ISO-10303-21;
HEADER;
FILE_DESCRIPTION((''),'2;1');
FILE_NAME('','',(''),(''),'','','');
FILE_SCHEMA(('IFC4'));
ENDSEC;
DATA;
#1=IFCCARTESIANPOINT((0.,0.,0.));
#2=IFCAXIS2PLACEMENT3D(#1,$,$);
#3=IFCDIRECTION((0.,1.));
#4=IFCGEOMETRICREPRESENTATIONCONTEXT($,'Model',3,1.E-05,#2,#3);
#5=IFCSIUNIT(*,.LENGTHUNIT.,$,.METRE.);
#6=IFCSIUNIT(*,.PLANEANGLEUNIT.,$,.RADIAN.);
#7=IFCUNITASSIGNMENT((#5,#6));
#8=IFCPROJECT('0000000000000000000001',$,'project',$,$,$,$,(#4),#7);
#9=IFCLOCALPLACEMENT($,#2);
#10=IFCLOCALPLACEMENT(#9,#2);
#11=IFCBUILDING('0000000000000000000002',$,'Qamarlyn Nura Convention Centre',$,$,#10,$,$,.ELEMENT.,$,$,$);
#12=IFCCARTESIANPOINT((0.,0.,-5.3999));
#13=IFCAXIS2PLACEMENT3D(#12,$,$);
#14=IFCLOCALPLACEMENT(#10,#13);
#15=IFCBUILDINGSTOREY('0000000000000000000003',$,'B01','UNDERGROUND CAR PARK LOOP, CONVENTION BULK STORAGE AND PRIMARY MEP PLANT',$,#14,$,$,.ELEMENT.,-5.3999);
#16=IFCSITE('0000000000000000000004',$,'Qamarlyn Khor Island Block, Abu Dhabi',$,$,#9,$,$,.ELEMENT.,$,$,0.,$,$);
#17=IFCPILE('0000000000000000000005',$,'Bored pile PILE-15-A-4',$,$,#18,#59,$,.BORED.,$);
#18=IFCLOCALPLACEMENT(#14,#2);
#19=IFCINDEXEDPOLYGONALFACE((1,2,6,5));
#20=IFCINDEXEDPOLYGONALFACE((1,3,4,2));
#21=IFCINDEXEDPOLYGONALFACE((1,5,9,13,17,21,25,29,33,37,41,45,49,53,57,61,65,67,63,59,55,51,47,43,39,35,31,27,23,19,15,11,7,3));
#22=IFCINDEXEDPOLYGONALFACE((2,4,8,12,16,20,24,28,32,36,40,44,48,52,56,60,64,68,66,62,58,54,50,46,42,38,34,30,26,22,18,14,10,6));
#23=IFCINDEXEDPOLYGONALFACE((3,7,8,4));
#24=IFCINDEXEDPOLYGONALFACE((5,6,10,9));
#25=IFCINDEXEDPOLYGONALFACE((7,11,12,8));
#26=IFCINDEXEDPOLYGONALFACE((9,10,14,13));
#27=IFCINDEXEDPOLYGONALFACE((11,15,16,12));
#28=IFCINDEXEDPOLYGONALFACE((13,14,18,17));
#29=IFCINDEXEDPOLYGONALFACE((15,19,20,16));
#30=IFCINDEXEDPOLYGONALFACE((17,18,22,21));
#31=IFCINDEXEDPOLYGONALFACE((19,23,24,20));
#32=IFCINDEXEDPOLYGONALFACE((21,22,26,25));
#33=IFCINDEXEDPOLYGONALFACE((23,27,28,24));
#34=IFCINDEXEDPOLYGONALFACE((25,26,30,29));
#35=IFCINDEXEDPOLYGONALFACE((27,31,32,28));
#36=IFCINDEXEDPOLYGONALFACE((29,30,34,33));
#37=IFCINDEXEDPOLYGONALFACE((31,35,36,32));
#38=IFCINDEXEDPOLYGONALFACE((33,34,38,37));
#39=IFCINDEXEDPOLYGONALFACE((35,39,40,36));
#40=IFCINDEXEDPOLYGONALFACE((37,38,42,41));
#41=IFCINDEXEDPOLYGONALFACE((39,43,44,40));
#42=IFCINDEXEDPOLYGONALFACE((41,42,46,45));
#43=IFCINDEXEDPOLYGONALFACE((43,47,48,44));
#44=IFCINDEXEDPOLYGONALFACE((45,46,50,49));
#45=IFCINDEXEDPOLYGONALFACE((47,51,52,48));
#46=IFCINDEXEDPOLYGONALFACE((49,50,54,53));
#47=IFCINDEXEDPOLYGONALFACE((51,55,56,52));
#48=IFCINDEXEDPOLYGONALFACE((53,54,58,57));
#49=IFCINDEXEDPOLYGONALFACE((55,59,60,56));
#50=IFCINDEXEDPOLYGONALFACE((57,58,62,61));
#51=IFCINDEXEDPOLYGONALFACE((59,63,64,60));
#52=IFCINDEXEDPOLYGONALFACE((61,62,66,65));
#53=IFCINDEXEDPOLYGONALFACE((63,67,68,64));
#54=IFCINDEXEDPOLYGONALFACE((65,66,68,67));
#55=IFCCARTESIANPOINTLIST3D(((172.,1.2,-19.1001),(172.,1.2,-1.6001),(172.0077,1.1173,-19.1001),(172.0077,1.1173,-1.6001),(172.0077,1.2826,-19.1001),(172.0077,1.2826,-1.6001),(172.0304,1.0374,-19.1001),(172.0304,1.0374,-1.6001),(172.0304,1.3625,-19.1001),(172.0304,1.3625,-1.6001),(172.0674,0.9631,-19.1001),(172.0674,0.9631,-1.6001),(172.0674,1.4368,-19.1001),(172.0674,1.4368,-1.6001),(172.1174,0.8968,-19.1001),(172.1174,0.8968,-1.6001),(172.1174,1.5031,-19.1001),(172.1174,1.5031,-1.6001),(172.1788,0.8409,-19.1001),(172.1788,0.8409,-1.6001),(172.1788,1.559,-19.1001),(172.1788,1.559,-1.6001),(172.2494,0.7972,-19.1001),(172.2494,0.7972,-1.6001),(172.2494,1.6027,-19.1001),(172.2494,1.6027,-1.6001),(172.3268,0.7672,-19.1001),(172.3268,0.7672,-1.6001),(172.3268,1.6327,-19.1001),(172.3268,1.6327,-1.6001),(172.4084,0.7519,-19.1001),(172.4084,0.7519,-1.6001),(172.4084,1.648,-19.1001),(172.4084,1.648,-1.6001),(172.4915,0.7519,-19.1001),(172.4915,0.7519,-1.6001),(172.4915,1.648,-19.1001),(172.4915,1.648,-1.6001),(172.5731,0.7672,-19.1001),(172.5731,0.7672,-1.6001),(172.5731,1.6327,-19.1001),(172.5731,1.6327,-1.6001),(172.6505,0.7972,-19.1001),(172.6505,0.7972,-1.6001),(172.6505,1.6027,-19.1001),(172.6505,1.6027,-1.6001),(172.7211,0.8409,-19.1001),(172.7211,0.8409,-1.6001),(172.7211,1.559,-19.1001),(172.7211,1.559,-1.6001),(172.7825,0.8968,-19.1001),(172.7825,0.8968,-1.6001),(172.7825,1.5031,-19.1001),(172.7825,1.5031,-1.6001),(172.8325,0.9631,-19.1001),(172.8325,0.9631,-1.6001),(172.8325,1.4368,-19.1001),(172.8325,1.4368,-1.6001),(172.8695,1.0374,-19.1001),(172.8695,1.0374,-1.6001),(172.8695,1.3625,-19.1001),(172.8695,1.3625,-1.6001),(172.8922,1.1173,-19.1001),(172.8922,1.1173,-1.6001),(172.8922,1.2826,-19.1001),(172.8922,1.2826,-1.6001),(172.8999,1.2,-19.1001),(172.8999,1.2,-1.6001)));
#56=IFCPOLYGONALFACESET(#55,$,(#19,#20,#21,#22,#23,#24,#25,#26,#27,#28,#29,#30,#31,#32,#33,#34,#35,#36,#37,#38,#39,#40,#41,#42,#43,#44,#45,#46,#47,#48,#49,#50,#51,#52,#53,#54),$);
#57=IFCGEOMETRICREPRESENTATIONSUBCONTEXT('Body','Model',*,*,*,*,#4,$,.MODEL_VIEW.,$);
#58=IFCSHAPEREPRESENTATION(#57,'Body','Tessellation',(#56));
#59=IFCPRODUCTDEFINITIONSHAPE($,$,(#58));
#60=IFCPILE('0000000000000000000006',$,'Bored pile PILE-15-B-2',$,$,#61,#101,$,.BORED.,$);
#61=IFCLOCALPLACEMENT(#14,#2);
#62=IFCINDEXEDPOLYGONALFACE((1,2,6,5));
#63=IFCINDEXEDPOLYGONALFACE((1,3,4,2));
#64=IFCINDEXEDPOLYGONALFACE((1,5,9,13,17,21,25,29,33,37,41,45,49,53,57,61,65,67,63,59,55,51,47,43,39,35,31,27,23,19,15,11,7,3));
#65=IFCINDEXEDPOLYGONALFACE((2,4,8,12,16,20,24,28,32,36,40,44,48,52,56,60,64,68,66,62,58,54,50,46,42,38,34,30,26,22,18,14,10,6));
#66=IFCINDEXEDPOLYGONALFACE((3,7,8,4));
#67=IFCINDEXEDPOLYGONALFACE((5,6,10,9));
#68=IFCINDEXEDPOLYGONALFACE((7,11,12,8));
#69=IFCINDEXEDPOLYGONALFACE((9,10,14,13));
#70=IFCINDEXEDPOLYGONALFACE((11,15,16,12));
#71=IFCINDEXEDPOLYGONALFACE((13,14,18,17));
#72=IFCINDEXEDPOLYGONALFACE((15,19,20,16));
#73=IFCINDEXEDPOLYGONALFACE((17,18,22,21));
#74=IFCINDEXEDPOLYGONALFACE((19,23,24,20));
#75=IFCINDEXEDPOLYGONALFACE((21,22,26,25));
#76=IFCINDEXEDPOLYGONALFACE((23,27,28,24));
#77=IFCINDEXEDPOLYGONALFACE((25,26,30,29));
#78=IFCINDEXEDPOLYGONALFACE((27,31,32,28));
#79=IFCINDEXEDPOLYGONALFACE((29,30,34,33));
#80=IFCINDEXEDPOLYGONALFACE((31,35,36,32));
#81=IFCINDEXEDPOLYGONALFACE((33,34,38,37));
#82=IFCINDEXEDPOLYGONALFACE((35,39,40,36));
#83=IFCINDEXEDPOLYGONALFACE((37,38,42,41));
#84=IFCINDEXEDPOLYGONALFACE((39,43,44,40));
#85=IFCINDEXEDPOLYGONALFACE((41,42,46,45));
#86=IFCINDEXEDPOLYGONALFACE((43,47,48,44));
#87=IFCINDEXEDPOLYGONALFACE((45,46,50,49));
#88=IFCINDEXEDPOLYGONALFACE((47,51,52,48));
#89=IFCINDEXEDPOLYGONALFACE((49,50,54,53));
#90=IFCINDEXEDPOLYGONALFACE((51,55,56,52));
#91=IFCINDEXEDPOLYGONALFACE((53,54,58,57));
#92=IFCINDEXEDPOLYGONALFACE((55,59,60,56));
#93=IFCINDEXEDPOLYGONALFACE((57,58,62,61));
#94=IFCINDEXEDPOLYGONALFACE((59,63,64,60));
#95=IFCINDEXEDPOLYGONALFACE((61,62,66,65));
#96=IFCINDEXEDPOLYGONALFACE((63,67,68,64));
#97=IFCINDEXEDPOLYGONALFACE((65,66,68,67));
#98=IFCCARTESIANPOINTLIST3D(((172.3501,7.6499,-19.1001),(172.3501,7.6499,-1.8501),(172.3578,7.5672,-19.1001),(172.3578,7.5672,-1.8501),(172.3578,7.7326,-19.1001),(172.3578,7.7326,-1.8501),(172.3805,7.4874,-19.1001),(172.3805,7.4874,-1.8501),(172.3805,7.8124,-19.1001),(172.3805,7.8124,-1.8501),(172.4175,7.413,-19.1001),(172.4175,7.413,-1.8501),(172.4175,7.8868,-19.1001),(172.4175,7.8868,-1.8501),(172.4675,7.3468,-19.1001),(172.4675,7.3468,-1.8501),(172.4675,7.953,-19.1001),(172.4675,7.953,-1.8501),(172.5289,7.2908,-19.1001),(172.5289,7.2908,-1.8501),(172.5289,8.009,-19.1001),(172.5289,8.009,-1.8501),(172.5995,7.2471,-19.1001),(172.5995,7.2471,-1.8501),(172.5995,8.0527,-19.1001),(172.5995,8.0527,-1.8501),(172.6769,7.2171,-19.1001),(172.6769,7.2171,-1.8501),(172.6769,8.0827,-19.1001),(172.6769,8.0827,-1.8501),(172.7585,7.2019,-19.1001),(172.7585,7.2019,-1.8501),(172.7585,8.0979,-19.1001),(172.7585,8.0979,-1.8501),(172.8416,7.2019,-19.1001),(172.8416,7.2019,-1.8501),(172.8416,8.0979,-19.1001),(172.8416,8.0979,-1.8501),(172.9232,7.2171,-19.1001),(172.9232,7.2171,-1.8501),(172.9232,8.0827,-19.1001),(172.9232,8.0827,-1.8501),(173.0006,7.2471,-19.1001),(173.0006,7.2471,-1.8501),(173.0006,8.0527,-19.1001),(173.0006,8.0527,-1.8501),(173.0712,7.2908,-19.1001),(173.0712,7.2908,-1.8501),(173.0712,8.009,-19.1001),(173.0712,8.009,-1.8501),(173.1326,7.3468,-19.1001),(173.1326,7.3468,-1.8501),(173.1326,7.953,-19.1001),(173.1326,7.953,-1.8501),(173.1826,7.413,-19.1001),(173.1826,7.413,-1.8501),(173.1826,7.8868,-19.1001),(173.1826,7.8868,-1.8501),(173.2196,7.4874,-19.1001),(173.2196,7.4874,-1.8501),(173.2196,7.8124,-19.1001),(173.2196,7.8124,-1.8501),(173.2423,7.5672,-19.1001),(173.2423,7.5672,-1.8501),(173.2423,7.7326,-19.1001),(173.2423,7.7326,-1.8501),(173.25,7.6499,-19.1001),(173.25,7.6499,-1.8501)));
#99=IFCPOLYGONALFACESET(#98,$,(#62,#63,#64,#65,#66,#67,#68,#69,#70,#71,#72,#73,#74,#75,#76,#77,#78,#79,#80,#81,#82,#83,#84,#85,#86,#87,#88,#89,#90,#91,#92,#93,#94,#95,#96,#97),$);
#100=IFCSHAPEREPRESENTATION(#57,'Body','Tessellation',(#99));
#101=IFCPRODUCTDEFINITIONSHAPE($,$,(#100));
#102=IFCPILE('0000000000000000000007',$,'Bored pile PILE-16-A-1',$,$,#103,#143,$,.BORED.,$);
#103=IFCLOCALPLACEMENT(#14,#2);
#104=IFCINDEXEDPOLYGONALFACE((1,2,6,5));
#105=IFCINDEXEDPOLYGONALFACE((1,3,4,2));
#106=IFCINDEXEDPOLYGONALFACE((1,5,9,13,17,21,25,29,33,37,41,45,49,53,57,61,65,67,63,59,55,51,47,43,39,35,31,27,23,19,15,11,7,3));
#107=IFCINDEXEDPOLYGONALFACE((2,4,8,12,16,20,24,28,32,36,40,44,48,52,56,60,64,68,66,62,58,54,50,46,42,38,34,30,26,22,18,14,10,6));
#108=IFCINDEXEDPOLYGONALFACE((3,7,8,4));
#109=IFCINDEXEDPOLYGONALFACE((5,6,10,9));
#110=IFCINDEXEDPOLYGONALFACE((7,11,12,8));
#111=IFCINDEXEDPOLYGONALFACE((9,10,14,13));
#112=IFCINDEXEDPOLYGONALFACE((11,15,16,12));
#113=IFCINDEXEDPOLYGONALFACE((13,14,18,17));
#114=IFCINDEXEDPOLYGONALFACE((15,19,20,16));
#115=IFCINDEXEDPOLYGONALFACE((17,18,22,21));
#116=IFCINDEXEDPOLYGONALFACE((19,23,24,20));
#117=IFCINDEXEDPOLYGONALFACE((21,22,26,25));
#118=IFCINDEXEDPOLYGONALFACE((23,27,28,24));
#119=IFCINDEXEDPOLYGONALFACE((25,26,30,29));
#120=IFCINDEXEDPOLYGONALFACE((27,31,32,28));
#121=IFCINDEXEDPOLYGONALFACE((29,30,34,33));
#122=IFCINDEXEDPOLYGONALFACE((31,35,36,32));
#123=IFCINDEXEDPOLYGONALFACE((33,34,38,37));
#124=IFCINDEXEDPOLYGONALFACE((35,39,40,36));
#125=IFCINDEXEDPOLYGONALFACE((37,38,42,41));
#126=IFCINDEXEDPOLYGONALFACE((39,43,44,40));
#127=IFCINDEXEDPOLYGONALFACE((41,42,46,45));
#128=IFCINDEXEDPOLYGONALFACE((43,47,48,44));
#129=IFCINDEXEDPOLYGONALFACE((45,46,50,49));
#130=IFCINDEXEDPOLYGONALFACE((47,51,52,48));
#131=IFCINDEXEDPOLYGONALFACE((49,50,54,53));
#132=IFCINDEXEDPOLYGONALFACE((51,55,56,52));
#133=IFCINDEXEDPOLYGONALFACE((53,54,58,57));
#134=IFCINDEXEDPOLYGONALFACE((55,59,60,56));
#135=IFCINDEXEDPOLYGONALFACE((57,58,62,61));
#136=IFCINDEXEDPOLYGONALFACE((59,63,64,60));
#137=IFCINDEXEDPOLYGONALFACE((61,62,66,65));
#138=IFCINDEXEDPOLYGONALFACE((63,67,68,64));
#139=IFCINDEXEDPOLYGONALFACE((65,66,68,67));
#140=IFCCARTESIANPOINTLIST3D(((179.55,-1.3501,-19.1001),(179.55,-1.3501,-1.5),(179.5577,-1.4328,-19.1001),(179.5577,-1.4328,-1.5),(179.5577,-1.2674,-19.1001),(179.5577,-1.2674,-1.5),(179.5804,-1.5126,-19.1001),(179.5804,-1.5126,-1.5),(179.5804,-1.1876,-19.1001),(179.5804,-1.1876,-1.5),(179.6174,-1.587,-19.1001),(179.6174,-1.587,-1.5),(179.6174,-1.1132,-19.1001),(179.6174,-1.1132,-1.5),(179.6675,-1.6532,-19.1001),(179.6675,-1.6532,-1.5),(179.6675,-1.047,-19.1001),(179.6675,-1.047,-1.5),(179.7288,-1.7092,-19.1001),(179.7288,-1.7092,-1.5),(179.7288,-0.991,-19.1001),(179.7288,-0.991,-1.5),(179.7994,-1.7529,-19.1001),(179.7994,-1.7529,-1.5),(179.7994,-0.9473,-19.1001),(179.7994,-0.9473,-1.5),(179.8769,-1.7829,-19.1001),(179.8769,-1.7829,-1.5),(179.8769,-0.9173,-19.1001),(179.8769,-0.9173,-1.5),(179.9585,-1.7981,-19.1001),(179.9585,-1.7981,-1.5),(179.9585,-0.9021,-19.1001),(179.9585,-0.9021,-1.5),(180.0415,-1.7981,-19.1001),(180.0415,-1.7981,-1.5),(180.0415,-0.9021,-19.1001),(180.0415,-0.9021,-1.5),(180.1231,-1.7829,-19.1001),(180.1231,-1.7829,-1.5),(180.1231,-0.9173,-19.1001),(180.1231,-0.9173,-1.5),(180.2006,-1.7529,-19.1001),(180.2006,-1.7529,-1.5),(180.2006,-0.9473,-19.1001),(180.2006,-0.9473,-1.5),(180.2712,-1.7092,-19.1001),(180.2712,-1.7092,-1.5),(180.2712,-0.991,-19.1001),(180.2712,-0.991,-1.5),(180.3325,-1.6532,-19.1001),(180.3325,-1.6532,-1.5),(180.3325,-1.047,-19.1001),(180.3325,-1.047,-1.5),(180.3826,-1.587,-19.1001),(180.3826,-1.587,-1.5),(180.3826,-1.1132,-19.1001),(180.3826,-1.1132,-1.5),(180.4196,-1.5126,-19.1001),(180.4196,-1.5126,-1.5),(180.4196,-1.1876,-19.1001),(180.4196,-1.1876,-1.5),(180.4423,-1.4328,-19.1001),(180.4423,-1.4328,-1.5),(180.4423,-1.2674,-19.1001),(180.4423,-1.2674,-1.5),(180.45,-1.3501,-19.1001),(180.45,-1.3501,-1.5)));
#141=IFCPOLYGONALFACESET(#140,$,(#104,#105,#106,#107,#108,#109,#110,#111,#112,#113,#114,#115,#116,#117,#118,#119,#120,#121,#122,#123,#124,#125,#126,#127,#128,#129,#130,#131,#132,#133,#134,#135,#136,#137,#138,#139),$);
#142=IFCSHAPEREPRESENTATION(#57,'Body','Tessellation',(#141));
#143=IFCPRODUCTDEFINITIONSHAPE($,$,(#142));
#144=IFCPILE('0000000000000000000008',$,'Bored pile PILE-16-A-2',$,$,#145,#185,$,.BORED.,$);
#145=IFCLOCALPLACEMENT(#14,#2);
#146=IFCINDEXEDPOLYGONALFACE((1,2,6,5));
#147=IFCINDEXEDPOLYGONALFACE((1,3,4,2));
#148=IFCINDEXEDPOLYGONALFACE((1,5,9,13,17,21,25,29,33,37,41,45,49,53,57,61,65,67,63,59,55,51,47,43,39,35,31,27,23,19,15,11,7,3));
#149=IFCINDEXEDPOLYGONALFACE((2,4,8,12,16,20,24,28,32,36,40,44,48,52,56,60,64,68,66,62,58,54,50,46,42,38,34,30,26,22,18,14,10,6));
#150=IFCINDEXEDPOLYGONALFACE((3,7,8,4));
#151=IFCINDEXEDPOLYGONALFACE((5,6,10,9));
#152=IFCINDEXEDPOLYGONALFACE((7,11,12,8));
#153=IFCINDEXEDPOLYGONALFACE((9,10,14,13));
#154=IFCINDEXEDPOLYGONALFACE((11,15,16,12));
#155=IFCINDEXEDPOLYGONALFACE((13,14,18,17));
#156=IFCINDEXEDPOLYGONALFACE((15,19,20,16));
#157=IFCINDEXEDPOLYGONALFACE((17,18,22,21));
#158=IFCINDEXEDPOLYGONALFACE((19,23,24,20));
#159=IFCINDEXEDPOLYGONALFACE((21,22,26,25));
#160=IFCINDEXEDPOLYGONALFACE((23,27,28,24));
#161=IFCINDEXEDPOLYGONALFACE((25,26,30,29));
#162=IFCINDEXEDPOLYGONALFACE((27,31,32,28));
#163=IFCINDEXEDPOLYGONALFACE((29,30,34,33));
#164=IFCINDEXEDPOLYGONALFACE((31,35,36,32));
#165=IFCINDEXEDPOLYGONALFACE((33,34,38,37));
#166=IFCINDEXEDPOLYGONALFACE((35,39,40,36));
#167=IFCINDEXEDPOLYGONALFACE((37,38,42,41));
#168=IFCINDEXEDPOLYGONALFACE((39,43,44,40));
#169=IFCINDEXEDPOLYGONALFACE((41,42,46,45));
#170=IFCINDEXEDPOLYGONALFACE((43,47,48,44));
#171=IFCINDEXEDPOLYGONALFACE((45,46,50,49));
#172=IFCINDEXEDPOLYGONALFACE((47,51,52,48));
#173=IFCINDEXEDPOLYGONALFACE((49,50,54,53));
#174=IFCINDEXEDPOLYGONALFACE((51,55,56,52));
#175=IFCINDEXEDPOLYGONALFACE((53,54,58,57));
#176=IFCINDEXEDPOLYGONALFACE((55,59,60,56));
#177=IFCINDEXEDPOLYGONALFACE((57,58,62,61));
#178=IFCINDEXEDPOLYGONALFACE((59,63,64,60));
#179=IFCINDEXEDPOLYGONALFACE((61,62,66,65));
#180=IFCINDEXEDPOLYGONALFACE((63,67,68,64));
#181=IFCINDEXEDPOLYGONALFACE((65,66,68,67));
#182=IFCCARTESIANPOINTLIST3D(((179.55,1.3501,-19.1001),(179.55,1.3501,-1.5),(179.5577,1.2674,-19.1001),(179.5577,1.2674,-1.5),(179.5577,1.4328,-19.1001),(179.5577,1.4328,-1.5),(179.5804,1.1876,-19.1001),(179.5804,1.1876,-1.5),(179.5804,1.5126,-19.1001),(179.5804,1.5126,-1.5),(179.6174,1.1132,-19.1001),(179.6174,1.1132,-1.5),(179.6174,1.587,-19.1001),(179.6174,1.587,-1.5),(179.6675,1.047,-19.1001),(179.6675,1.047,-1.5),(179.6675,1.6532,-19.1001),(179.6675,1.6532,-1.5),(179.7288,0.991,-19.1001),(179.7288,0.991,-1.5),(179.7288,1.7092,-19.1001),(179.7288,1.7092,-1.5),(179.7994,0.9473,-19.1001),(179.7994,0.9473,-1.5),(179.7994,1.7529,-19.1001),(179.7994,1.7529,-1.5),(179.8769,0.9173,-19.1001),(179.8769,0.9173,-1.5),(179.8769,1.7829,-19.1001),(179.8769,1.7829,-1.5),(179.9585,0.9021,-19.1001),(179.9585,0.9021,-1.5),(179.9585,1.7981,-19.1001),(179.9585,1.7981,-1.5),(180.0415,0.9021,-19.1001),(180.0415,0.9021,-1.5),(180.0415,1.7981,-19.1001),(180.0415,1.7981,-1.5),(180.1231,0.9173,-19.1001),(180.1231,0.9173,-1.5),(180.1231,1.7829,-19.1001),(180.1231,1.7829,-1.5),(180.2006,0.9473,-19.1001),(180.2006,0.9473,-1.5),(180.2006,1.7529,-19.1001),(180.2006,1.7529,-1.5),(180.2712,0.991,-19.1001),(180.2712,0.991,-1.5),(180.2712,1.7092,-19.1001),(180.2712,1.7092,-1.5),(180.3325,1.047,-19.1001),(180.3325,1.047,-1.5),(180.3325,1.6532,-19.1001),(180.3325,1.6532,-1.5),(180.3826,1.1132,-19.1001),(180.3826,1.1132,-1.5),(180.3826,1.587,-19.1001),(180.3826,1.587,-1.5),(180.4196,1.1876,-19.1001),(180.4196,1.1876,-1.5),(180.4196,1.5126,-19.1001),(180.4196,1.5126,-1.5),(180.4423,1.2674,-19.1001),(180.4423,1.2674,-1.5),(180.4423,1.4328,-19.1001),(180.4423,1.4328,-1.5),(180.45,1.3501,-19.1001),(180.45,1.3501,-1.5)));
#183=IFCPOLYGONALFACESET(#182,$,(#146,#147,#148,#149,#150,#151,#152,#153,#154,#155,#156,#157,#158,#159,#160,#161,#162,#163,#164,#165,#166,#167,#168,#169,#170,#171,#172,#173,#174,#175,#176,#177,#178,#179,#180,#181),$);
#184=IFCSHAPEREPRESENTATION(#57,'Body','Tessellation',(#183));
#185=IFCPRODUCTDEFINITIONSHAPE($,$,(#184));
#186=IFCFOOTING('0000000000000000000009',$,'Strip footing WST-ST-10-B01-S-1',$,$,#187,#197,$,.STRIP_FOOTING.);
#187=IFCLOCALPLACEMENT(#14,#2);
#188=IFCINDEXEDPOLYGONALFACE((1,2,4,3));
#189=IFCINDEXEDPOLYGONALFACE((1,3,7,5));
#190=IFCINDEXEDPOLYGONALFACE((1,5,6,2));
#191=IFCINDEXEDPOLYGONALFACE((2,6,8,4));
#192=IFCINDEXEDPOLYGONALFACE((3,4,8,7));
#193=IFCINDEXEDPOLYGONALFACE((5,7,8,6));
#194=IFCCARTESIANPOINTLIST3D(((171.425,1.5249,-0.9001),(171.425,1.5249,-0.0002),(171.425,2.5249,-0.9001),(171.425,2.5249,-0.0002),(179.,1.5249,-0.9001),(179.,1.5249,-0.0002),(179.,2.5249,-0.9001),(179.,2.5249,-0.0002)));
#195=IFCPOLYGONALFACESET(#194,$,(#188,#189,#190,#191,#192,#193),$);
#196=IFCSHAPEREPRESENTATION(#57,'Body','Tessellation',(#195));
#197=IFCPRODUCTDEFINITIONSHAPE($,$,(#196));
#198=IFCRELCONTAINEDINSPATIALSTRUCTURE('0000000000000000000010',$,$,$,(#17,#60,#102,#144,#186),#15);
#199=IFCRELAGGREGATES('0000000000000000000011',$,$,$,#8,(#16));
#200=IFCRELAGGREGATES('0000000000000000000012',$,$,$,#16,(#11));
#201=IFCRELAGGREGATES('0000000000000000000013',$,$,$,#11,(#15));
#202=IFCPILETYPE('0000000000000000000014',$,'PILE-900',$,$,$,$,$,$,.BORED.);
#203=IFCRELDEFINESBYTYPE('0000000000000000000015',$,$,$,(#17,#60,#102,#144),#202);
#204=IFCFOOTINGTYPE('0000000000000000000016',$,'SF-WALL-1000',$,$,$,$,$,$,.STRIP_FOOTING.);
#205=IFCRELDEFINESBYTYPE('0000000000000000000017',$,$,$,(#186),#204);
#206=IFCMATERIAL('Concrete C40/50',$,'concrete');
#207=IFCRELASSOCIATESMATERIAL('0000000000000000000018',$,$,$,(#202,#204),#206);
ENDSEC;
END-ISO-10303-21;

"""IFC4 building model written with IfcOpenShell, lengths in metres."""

from ifc_helpers import new_model, si_unit, direction, frame, origin, origin_2d, place, context, subcontext, project, spatial, rectangle, circle, extrude, material, material_profile, profile_set, type_object, element, save


model = new_model("IFC4")

# Units and contexts
model_context = context("Model", 3, precision=1e-05, world=origin(), true_north=direction((0.0, 1.0)))
body_context = subcontext(model_context, "Body", "Model", "MODEL_VIEW")
ifc_project = project(units=[si_unit("LENGTHUNIT", "METRE"), si_unit("PLANEANGLEUNIT", "RADIAN")], contexts=[model_context])

# Site, building, storey
site_placement = place(None, origin())
site = spatial("IfcSite", under=ifc_project, at=site_placement, Name="Qamarlyn Khor Island Block, Abu Dhabi", CompositionType="ELEMENT", RefElevation=0.0)
building_placement = place(site_placement, origin())
building = spatial("IfcBuilding", under=site, at=building_placement, Name="Qamarlyn Nura Convention Centre", CompositionType="ELEMENT")
storey_placement = place(building_placement, frame((0.0, 0.0, -5.3999)))
storey = spatial("IfcBuildingStorey", under=building, at=storey_placement, Name="B01", Description="UNDERGROUND CAR PARK LOOP, CONVENTION BULK STORAGE AND PRIMARY MEP PLANT", CompositionType="ELEMENT", Elevation=-5.3999)

# Shared definitions
ifc_material_1 = material(Name="Concrete C40/50", Category="concrete")

# Piles
ifc_material_profile_1 = material_profile(ifc_material_1, circle(Radius=0.45, at=origin_2d()), Name="BORED PILE 900")
ifc_profile_set_1 = profile_set([ifc_material_profile_1], Name="Concrete C40/50")
pile_type = type_object("IfcPileType", Name="PILE-900", PredefinedType="BORED", material=ifc_profile_set_1)
for number, where, z_axis, x_axis, name in (
    (1, (172.45, 1.2, -1.6001), (0.0, 0.0, -1.0), (1.0, 0.0, 0.0), "Bored pile PILE-15-A-4"),
):
    element("IfcPile", number, at=place(storey_placement, frame(where, z_axis=z_axis, x_axis=x_axis)), inside=storey, type_object=pile_type, Name=name, PredefinedType="BORED", context=body_context, shape_type="SweptSolid", body=[
        extrude(circle(Radius=0.45, at=origin_2d()), origin(), (0.0, 0.0, 1.0), 17.5),
    ])
pile_placement = place(storey_placement, frame((172.8, 7.6499, -1.8501), z_axis=(0.0, 0.0, -1.0), x_axis=(1.0, 0.0, 0.0)))
element("IfcPile", 2, at=pile_placement, inside=storey, type_object=pile_type, Name="Bored pile PILE-15-B-2", PredefinedType="BORED", context=body_context, shape_type="SweptSolid", body=[
    extrude(circle(Radius=0.45, at=origin_2d()), origin(), (0.0, 0.0, 1.0), 17.25),
])
for number, where, z_axis, x_axis, name in (
    (3, (180.0, -1.3501, -1.5), (0.0, 0.0, -1.0), (1.0, 0.0, 0.0), "Bored pile PILE-16-A-1"),
    (4, (180.0, 1.3501, -1.5), (0.0, 0.0, -1.0), (1.0, 0.0, 0.0), "Bored pile PILE-16-A-2"),
):
    element("IfcPile", number, at=place(storey_placement, frame(where, z_axis=z_axis, x_axis=x_axis)), inside=storey, type_object=pile_type, Name=name, PredefinedType="BORED", context=body_context, shape_type="SweptSolid", body=[
        extrude(circle(Radius=0.45, at=origin_2d()), origin(), (0.0, 0.0, 1.0), 17.6001),
    ])

# Footing
ifc_material_profile_2 = material_profile(ifc_material_1, rectangle(XDim=1.0, YDim=0.8999, at=origin_2d()), Name="RC STRIP 1000x900")
ifc_profile_set_2 = profile_set([ifc_material_profile_2], Name="Concrete C40/50")
footing_type_1 = type_object("IfcFootingType", Name="SF-WALL-1000", PredefinedType="STRIP_FOOTING", material=ifc_profile_set_2)
footing_1_placement = place(storey_placement, frame((171.425, 2.0249, -0.4502), z_axis=(1.0, 0.0, 0.0), x_axis=(0.0, 1.0, 0.0)))
element("IfcFooting", 5, at=footing_1_placement, inside=storey, type_object=footing_type_1, Name="Strip footing WST-ST-10-B01-S-1", PredefinedType="STRIP_FOOTING", context=body_context, shape_type="SweptSolid", body=[
    extrude(rectangle(XDim=1.0, YDim=0.8999, at=origin_2d()), origin(), (0.0, 0.0, 1.0), 7.575),
])

save(model, "model.ifc")
